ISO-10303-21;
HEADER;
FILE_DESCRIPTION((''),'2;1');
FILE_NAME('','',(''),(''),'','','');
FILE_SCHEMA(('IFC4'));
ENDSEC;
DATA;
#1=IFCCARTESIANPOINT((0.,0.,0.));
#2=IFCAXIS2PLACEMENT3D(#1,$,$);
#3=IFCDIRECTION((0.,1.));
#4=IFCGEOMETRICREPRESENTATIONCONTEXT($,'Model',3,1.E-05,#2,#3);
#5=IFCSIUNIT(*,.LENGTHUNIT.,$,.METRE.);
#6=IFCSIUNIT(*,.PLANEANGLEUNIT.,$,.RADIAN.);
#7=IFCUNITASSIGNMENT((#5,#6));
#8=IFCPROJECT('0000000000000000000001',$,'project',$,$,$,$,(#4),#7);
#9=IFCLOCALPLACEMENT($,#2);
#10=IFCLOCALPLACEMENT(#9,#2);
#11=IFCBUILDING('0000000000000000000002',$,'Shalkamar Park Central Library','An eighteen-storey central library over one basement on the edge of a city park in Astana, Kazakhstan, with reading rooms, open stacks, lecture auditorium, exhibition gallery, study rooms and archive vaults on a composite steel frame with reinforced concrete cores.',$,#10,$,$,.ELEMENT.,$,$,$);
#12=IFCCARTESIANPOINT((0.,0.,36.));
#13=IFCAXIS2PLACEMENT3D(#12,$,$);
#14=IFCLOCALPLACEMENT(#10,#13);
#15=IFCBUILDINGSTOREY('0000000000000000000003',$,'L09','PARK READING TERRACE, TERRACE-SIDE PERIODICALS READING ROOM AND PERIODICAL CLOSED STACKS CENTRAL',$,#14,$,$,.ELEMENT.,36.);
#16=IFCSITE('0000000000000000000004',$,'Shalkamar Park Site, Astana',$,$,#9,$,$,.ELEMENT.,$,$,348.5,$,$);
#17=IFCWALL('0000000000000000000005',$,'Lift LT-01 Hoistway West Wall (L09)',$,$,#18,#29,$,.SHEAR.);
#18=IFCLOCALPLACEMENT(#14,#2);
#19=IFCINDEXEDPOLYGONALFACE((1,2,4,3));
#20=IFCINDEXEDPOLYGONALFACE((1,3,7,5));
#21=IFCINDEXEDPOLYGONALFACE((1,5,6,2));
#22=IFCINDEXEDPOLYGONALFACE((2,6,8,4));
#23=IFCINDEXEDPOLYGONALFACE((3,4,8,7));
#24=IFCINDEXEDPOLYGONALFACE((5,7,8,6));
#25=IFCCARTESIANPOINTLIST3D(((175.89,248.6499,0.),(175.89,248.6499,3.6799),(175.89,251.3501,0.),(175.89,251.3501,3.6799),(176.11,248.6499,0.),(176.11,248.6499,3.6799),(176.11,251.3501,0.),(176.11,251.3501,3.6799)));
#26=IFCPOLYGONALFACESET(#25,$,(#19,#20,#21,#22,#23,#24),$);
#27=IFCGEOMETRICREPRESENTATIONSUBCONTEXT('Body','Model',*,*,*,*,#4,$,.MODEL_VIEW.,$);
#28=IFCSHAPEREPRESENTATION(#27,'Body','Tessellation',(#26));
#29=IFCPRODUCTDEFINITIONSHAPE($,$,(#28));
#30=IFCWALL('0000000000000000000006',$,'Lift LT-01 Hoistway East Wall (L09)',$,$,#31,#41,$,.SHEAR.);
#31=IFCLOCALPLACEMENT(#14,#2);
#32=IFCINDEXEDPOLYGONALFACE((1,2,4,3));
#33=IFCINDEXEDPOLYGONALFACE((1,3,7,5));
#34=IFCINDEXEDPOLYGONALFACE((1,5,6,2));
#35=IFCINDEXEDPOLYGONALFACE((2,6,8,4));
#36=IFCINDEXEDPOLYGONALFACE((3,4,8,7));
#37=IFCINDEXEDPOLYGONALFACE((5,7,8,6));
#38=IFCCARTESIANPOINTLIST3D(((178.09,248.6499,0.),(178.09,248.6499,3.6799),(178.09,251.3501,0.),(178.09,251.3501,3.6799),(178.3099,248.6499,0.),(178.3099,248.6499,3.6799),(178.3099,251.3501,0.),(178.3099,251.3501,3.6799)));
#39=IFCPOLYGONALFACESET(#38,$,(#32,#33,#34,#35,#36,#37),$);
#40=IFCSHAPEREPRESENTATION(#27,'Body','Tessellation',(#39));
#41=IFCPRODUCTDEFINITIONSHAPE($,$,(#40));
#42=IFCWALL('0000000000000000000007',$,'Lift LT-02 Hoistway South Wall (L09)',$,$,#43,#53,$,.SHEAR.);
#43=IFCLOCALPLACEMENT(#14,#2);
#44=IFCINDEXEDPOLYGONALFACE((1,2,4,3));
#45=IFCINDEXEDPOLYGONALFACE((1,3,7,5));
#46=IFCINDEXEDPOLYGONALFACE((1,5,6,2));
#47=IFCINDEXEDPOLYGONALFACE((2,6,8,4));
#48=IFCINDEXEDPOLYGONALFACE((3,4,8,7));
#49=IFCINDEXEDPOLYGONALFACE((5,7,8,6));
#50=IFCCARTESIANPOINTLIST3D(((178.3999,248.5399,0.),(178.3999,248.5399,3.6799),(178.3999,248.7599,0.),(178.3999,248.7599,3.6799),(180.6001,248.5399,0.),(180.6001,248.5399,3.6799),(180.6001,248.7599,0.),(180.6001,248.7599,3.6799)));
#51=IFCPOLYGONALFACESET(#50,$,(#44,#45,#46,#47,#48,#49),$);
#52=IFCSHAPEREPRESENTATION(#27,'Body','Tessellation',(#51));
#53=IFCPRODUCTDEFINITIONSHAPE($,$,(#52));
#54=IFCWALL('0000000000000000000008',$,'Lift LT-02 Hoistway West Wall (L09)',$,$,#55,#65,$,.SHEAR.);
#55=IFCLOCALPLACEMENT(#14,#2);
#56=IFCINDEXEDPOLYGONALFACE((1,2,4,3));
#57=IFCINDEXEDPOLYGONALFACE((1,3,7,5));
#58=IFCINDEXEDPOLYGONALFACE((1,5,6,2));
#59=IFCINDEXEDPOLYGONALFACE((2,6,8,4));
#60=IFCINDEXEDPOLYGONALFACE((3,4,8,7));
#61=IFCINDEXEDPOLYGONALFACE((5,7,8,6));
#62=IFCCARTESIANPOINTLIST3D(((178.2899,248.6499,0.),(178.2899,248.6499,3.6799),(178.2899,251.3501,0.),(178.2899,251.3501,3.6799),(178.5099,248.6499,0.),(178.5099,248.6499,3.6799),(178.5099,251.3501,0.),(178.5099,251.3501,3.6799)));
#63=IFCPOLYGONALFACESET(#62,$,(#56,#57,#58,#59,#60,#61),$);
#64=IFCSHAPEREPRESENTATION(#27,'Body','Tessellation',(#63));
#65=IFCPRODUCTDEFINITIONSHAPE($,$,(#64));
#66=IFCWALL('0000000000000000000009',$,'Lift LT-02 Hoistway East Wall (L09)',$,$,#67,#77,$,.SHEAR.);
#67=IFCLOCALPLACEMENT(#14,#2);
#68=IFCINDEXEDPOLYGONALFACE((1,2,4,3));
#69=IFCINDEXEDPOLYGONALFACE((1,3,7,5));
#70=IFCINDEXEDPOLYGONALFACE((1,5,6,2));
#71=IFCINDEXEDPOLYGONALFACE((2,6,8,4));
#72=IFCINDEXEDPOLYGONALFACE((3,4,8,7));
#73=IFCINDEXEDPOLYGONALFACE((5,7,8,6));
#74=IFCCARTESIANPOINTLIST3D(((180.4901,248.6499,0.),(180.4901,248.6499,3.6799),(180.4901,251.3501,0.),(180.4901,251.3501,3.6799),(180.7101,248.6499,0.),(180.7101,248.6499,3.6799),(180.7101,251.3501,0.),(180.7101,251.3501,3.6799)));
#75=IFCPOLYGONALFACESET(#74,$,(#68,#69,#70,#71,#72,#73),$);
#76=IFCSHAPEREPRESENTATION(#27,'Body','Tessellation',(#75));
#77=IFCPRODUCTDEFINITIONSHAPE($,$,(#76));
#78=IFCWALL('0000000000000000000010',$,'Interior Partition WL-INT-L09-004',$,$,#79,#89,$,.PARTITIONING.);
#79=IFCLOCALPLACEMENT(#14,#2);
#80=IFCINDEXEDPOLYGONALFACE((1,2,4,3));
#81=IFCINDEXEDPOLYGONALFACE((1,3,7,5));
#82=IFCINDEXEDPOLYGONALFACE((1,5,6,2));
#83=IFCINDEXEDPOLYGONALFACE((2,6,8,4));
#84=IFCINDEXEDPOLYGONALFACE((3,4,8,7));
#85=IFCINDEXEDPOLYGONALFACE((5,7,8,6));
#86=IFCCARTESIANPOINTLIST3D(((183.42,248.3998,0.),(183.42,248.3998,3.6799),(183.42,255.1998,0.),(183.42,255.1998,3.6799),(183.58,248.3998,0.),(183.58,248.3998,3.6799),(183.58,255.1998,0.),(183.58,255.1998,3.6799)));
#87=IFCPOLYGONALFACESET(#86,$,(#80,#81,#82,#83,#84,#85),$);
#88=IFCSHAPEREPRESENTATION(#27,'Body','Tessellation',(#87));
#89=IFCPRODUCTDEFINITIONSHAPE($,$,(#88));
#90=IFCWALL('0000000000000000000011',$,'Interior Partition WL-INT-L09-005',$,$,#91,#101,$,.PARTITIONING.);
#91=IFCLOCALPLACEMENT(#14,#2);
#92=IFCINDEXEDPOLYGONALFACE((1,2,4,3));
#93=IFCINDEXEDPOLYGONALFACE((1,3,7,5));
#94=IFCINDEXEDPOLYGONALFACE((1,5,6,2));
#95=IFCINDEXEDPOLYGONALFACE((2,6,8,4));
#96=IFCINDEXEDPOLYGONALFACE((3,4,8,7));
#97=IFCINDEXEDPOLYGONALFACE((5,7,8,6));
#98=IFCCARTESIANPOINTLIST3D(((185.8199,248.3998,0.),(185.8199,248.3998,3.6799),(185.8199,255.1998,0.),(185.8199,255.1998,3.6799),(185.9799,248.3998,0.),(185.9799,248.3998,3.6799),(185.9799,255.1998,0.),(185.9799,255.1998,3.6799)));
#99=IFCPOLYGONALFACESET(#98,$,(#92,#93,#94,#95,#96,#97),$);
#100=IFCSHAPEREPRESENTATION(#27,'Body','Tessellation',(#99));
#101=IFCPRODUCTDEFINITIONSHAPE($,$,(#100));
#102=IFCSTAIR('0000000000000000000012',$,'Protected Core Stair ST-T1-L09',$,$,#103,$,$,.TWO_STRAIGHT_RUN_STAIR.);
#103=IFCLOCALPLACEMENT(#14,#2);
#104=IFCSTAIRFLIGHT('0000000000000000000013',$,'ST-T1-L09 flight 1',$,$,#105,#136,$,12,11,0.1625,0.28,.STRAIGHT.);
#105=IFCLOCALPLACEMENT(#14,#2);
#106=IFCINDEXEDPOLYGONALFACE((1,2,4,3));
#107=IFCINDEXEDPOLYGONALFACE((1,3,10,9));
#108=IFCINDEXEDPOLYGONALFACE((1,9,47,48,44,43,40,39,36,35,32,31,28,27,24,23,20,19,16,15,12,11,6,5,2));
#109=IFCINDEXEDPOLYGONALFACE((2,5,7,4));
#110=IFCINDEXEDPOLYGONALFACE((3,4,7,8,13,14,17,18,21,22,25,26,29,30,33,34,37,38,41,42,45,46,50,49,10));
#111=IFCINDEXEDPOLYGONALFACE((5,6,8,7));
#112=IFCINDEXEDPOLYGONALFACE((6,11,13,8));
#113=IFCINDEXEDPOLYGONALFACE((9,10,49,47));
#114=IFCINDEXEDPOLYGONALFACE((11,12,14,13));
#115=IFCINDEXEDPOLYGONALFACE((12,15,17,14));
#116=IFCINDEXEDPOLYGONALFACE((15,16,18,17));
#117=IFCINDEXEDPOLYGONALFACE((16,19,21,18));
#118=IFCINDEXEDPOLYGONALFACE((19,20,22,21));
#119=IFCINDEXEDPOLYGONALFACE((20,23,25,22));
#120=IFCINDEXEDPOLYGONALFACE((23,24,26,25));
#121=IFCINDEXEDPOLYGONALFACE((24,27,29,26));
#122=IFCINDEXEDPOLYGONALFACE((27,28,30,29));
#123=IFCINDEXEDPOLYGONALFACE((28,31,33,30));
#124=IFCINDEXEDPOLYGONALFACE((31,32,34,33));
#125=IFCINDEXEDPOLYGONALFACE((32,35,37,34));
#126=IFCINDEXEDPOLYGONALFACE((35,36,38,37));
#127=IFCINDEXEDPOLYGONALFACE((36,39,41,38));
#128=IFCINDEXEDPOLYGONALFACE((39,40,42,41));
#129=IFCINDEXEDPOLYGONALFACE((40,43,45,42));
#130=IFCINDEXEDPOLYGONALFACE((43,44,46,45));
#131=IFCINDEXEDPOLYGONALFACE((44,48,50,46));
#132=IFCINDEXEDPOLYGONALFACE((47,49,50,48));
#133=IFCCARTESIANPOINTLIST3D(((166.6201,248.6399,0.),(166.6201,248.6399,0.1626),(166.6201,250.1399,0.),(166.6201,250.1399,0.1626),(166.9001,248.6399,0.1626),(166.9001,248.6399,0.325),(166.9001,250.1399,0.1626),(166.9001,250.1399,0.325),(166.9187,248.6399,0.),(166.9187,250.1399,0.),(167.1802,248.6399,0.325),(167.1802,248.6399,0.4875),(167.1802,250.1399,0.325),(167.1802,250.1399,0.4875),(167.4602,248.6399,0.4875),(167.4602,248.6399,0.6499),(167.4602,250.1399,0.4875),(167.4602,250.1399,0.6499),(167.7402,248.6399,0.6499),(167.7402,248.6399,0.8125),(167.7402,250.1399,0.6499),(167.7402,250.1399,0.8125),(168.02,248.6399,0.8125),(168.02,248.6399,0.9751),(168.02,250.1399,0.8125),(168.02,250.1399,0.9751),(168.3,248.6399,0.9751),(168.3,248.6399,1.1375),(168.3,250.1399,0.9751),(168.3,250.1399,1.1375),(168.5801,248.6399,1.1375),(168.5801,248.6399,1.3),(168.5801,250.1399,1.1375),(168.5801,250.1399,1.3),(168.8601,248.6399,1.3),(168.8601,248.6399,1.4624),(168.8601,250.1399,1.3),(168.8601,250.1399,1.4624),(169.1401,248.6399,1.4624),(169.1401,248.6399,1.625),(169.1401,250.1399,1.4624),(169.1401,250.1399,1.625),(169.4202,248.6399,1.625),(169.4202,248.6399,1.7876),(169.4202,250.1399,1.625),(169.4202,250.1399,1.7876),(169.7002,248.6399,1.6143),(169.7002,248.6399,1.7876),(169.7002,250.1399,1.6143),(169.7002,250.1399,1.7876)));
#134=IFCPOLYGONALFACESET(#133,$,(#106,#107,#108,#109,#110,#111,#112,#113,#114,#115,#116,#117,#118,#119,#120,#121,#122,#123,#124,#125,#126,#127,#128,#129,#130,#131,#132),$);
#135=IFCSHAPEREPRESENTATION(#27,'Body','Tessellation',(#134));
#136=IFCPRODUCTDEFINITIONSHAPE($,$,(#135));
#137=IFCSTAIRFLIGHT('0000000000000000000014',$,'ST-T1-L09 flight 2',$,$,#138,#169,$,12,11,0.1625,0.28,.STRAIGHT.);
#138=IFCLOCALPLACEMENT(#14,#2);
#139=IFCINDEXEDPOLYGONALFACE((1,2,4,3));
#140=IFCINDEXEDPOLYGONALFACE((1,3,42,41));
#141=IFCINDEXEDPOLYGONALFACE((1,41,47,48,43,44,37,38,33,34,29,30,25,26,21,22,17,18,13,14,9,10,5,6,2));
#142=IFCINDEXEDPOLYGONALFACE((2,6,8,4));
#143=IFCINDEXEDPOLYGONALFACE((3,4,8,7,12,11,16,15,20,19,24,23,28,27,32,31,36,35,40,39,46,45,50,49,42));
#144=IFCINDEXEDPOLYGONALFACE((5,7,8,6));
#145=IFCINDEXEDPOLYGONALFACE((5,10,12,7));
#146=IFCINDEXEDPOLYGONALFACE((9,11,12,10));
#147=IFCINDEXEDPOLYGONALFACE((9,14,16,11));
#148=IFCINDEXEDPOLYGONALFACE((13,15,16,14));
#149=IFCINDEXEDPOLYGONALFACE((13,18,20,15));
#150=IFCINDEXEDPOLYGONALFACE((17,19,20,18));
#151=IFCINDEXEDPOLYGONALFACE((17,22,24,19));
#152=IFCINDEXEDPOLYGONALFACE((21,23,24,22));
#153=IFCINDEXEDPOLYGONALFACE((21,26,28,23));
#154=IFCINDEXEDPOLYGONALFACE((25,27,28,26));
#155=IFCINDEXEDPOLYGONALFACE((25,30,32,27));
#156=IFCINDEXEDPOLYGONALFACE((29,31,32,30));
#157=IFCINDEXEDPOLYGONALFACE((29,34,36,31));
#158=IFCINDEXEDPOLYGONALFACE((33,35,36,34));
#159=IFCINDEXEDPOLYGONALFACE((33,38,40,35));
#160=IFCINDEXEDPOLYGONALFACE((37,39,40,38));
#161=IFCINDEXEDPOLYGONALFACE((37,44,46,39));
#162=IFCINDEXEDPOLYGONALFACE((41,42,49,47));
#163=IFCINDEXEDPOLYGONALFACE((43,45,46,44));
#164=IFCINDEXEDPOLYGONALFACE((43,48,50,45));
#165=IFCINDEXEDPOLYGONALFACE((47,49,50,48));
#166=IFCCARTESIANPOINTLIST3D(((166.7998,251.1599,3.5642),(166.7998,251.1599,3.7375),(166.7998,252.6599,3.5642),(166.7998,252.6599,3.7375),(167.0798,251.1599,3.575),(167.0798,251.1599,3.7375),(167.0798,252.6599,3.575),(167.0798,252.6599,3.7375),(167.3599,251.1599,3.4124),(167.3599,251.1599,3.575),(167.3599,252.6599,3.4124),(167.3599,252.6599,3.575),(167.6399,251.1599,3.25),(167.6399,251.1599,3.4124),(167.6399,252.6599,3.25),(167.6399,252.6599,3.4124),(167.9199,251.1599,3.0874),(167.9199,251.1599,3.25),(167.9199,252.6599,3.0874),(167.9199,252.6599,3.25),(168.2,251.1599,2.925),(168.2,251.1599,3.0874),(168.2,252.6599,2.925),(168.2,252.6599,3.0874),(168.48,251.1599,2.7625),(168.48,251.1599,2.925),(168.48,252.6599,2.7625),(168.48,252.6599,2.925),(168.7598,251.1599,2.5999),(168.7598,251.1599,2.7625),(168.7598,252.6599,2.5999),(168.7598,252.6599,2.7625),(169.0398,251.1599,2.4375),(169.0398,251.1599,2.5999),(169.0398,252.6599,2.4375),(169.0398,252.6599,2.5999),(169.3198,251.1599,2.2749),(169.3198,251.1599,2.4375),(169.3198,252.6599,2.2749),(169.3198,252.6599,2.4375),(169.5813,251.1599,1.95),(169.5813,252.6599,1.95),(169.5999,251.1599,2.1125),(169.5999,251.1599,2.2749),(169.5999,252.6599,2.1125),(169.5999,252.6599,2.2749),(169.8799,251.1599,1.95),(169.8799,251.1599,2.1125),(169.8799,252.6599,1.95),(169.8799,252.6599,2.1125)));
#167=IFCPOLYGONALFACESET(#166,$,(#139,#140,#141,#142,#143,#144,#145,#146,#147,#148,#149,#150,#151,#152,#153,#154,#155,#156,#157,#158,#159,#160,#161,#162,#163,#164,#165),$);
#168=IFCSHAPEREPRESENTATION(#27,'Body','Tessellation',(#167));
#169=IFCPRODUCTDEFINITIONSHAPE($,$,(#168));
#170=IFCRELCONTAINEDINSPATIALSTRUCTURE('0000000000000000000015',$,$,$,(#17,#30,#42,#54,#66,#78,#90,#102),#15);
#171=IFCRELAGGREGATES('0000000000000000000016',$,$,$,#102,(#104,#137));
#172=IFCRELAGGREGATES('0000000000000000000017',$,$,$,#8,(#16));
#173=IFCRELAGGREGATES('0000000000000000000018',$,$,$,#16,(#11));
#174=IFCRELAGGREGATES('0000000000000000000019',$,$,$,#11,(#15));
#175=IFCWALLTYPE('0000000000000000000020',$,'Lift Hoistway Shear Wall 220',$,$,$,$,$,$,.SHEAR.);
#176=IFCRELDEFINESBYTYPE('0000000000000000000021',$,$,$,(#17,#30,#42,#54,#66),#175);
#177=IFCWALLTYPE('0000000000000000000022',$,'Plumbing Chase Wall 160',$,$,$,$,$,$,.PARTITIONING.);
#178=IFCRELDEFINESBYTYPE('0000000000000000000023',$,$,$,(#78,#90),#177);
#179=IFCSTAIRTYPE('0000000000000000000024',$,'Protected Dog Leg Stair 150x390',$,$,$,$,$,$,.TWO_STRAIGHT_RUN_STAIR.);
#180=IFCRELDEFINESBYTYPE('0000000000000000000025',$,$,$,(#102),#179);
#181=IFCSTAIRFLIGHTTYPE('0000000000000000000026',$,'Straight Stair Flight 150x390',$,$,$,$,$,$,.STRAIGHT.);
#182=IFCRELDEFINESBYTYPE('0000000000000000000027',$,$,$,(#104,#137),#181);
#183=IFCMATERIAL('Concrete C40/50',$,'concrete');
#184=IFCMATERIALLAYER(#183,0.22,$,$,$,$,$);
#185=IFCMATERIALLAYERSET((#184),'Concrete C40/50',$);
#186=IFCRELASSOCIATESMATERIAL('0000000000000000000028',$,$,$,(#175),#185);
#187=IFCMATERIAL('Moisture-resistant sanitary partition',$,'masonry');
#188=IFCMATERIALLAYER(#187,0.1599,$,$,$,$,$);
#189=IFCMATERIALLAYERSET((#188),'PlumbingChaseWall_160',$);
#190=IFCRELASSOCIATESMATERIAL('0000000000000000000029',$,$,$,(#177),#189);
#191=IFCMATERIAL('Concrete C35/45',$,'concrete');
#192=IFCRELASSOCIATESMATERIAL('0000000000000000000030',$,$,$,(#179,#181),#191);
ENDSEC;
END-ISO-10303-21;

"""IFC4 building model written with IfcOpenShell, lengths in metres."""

from ifc_helpers import new_model, si_unit, direction, frame, frame_2d, origin, place, context, subcontext, project, spatial, polyline, rectangle, outline, extrude, material, layer, layer_set, type_object, element, aggregate, save


model = new_model("IFC4")

# Units and contexts
model_context = context("Model", 3, precision=1e-05, world=origin(), true_north=direction((0.0, 1.0)))
body_context = subcontext(model_context, "Body", "Model", "MODEL_VIEW")
ifc_project = project(units=[si_unit("LENGTHUNIT", "METRE"), si_unit("PLANEANGLEUNIT", "RADIAN")], contexts=[model_context])

# Site, building, storey
site_placement = place(None, origin())
site = spatial("IfcSite", under=ifc_project, at=site_placement, Name="Shalkamar Park Site, Astana", CompositionType="ELEMENT", RefElevation=348.5)
building_placement = place(site_placement, origin())
building = spatial("IfcBuilding", under=site, at=building_placement, Name="Shalkamar Park Central Library", Description="An eighteen-storey central library over one basement on the edge of a city park in Astana, Kazakhstan, with reading rooms, open stacks, lecture auditorium, exhibition gallery, study rooms and archive vaults on a composite steel frame with reinforced concrete cores.", CompositionType="ELEMENT")
storey_placement = place(building_placement, frame((0.0, 0.0, 36.0)))
storey = spatial("IfcBuildingStorey", under=building, at=storey_placement, Name="L09", Description="PARK READING TERRACE, TERRACE-SIDE PERIODICALS READING ROOM AND PERIODICAL CLOSED STACKS CENTRAL", CompositionType="ELEMENT", Elevation=36.0)

# Shared definitions
ifc_material_1 = material(Name="Concrete C40/50", Category="concrete")
ifc_layer_1 = layer(ifc_material_1, 0.22)
ifc_layer_set_1 = layer_set([ifc_layer_1], Name="Concrete C40/50")
wall_type_1 = type_object("IfcWallType", Name="Lift Hoistway Shear Wall 220", PredefinedType="SHEAR", material=ifc_layer_set_1)

# Walls
for number, where, z_axis, x_axis, name in (
    (1, (176.0, 248.6499, 0.0), (0.0, 0.0, 1.0), (0.0, 1.0, 0.0), "Lift LT-01 Hoistway West Wall (L09)"),
    (2, (178.2, 248.6499, 0.0), (0.0, 0.0, 1.0), (0.0, 1.0, 0.0), "Lift LT-01 Hoistway East Wall (L09)"),
):
    element("IfcWall", number, at=place(storey_placement, frame(where, z_axis=z_axis, x_axis=x_axis)), inside=storey, type_object=wall_type_1, Name=name, PredefinedType="SHEAR", context=body_context, shape_type="SweptSolid", body=[
        extrude(rectangle(XDim=2.7002, YDim=0.22, at=frame_2d((1.3501, 0.0))), origin(), (0.0, 0.0, 1.0), 3.6799),
    ])

# Walls
wall_1_placement = place(storey_placement, frame((178.3999, 248.6499, 0.0), z_axis=(0.0, 0.0, 1.0), x_axis=(1.0, 0.0, 0.0)))
element("IfcWall", 3, at=wall_1_placement, inside=storey, type_object=wall_type_1, Name="Lift LT-02 Hoistway South Wall (L09)", PredefinedType="SHEAR", context=body_context, shape_type="SweptSolid", body=[
    extrude(rectangle(XDim=2.2002, YDim=0.22, at=frame_2d((1.1001, 0.0))), origin(), (0.0, 0.0, 1.0), 3.6799),
])
for number, where, z_axis, x_axis, name in (
    (4, (178.3999, 248.6499, 0.0), (0.0, 0.0, 1.0), (0.0, 1.0, 0.0), "Lift LT-02 Hoistway West Wall (L09)"),
    (5, (180.6001, 248.6499, 0.0), (0.0, 0.0, 1.0), (0.0, 1.0, 0.0), "Lift LT-02 Hoistway East Wall (L09)"),
):
    element("IfcWall", number, at=place(storey_placement, frame(where, z_axis=z_axis, x_axis=x_axis)), inside=storey, type_object=wall_type_1, Name=name, PredefinedType="SHEAR", context=body_context, shape_type="SweptSolid", body=[
        extrude(rectangle(XDim=2.7002, YDim=0.22, at=frame_2d((1.3501, 0.0))), origin(), (0.0, 0.0, 1.0), 3.6799),
    ])

# Walls
ifc_material_2 = material(Name="Moisture-resistant sanitary partition", Category="masonry")
ifc_layer_2 = layer(ifc_material_2, 0.1599)
ifc_layer_set_2 = layer_set([ifc_layer_2], Name="PlumbingChaseWall_160")
wall_type_2 = type_object("IfcWallType", Name="Plumbing Chase Wall 160", PredefinedType="PARTITIONING", material=ifc_layer_set_2)
for number, where, z_axis, x_axis, name in (
    (6, (183.5, 248.3999, 0.0), (0.0, 0.0, 1.0), (0.0, 1.0, 0.0), "Interior Partition WL-INT-L09-004"),
    (7, (185.8999, 248.3999, 0.0), (0.0, 0.0, 1.0), (0.0, 1.0, 0.0), "Interior Partition WL-INT-L09-005"),
):
    element("IfcWall", number, at=place(storey_placement, frame(where, z_axis=z_axis, x_axis=x_axis)), inside=storey, type_object=wall_type_2, Name=name, PredefinedType="PARTITIONING", context=body_context, shape_type="SweptSolid", body=[
        extrude(rectangle(XDim=6.8, YDim=0.1599, at=frame_2d((3.3999, 0.0))), origin(), (0.0, 0.0, 1.0), 3.6799),
    ])

# Stair, stair flights
ifc_material_3 = material(Name="Concrete C35/45", Category="concrete")
stair_type = type_object("IfcStairType", Name="Protected Dog Leg Stair 150x390", PredefinedType="TWO_STRAIGHT_RUN_STAIR", material=ifc_material_3)
stair_placement = place(storey_placement, origin())
stair = element("IfcStair", 8, at=stair_placement, inside=storey, type_object=stair_type, Name="Protected Core Stair ST-T1-L09", PredefinedType="TWO_STRAIGHT_RUN_STAIR")
stair_flight_type = type_object("IfcStairFlightType", Name="Straight Stair Flight 150x390", PredefinedType="STRAIGHT", material=ifc_material_3)
stair_flight_1_placement = place(storey_placement, frame((166.6201, 249.3899, 0.0), z_axis=(0.0, 0.0, 1.0), x_axis=(1.0, 0.0, 0.0)))
stair_flight_1 = element("IfcStairFlight", 9, at=stair_flight_1_placement, type_object=stair_flight_type, Name="ST-T1-L09 flight 1", NumberOfRisers=12, NumberOfTreads=11, PredefinedType="STRAIGHT", RiserHeight=0.1625, TreadLength=0.28, context=body_context, shape_type="SweptSolid", body=[
    extrude(outline(polyline([(0.0, 0.0), (0.0, 0.1626), (0.28, 0.1626), (0.28, 0.325), (0.5601, 0.325), (0.5601, 0.4875), (0.8401, 0.4875), (0.8401, 0.6499), (1.1201, 0.6499), (1.1201, 0.8125), (1.3999, 0.8125), (1.3999, 0.9751), (1.6799, 0.9751), (1.6799, 1.1375), (1.96, 1.1375), (1.96, 1.3), (2.24, 1.3), (2.24, 1.4624), (2.52, 1.4624), (2.52, 1.625), (2.8, 1.625), (2.8, 1.7876), (3.0801, 1.7876), (3.0801, 1.95), (3.0801, 1.6143), (0.2986, 0.0), (0.0, 0.0)])), frame((0.0, 0.75, 0.0), z_axis=(0.0, -1.0, 0.0), x_axis=(1.0, 0.0, 0.0)), (0.0, 0.0, 1.0), 1.5),
])
stair_flight_2_placement = place(storey_placement, frame((169.8799, 251.9099, 1.95), z_axis=(0.0, 0.0, 1.0), x_axis=(-1.0, 0.0, 0.0)))
stair_flight_2 = element("IfcStairFlight", 10, at=stair_flight_2_placement, type_object=stair_flight_type, Name="ST-T1-L09 flight 2", NumberOfRisers=12, NumberOfTreads=11, PredefinedType="STRAIGHT", RiserHeight=0.1625, TreadLength=0.28, context=body_context, shape_type="SweptSolid", body=[
    extrude(outline(polyline([(0.0, 0.0), (0.0, 0.1626), (0.28, 0.1626), (0.28, 0.325), (0.5601, 0.325), (0.5601, 0.4875), (0.8401, 0.4875), (0.8401, 0.6499), (1.1201, 0.6499), (1.1201, 0.8125), (1.3999, 0.8125), (1.3999, 0.9751), (1.6799, 0.9751), (1.6799, 1.1375), (1.96, 1.1375), (1.96, 1.3), (2.24, 1.3), (2.24, 1.4624), (2.52, 1.4624), (2.52, 1.625), (2.8, 1.625), (2.8, 1.7876), (3.0801, 1.7876), (3.0801, 1.95), (3.0801, 1.6143), (0.2986, 0.0), (0.0, 0.0)])), frame((0.0, 0.75, 0.0), z_axis=(0.0, -1.0, 0.0), x_axis=(1.0, 0.0, 0.0)), (0.0, 0.0, 1.0), 1.5),
])
aggregate(stair, [stair_flight_1, stair_flight_2])

save(model, "model.ifc")
